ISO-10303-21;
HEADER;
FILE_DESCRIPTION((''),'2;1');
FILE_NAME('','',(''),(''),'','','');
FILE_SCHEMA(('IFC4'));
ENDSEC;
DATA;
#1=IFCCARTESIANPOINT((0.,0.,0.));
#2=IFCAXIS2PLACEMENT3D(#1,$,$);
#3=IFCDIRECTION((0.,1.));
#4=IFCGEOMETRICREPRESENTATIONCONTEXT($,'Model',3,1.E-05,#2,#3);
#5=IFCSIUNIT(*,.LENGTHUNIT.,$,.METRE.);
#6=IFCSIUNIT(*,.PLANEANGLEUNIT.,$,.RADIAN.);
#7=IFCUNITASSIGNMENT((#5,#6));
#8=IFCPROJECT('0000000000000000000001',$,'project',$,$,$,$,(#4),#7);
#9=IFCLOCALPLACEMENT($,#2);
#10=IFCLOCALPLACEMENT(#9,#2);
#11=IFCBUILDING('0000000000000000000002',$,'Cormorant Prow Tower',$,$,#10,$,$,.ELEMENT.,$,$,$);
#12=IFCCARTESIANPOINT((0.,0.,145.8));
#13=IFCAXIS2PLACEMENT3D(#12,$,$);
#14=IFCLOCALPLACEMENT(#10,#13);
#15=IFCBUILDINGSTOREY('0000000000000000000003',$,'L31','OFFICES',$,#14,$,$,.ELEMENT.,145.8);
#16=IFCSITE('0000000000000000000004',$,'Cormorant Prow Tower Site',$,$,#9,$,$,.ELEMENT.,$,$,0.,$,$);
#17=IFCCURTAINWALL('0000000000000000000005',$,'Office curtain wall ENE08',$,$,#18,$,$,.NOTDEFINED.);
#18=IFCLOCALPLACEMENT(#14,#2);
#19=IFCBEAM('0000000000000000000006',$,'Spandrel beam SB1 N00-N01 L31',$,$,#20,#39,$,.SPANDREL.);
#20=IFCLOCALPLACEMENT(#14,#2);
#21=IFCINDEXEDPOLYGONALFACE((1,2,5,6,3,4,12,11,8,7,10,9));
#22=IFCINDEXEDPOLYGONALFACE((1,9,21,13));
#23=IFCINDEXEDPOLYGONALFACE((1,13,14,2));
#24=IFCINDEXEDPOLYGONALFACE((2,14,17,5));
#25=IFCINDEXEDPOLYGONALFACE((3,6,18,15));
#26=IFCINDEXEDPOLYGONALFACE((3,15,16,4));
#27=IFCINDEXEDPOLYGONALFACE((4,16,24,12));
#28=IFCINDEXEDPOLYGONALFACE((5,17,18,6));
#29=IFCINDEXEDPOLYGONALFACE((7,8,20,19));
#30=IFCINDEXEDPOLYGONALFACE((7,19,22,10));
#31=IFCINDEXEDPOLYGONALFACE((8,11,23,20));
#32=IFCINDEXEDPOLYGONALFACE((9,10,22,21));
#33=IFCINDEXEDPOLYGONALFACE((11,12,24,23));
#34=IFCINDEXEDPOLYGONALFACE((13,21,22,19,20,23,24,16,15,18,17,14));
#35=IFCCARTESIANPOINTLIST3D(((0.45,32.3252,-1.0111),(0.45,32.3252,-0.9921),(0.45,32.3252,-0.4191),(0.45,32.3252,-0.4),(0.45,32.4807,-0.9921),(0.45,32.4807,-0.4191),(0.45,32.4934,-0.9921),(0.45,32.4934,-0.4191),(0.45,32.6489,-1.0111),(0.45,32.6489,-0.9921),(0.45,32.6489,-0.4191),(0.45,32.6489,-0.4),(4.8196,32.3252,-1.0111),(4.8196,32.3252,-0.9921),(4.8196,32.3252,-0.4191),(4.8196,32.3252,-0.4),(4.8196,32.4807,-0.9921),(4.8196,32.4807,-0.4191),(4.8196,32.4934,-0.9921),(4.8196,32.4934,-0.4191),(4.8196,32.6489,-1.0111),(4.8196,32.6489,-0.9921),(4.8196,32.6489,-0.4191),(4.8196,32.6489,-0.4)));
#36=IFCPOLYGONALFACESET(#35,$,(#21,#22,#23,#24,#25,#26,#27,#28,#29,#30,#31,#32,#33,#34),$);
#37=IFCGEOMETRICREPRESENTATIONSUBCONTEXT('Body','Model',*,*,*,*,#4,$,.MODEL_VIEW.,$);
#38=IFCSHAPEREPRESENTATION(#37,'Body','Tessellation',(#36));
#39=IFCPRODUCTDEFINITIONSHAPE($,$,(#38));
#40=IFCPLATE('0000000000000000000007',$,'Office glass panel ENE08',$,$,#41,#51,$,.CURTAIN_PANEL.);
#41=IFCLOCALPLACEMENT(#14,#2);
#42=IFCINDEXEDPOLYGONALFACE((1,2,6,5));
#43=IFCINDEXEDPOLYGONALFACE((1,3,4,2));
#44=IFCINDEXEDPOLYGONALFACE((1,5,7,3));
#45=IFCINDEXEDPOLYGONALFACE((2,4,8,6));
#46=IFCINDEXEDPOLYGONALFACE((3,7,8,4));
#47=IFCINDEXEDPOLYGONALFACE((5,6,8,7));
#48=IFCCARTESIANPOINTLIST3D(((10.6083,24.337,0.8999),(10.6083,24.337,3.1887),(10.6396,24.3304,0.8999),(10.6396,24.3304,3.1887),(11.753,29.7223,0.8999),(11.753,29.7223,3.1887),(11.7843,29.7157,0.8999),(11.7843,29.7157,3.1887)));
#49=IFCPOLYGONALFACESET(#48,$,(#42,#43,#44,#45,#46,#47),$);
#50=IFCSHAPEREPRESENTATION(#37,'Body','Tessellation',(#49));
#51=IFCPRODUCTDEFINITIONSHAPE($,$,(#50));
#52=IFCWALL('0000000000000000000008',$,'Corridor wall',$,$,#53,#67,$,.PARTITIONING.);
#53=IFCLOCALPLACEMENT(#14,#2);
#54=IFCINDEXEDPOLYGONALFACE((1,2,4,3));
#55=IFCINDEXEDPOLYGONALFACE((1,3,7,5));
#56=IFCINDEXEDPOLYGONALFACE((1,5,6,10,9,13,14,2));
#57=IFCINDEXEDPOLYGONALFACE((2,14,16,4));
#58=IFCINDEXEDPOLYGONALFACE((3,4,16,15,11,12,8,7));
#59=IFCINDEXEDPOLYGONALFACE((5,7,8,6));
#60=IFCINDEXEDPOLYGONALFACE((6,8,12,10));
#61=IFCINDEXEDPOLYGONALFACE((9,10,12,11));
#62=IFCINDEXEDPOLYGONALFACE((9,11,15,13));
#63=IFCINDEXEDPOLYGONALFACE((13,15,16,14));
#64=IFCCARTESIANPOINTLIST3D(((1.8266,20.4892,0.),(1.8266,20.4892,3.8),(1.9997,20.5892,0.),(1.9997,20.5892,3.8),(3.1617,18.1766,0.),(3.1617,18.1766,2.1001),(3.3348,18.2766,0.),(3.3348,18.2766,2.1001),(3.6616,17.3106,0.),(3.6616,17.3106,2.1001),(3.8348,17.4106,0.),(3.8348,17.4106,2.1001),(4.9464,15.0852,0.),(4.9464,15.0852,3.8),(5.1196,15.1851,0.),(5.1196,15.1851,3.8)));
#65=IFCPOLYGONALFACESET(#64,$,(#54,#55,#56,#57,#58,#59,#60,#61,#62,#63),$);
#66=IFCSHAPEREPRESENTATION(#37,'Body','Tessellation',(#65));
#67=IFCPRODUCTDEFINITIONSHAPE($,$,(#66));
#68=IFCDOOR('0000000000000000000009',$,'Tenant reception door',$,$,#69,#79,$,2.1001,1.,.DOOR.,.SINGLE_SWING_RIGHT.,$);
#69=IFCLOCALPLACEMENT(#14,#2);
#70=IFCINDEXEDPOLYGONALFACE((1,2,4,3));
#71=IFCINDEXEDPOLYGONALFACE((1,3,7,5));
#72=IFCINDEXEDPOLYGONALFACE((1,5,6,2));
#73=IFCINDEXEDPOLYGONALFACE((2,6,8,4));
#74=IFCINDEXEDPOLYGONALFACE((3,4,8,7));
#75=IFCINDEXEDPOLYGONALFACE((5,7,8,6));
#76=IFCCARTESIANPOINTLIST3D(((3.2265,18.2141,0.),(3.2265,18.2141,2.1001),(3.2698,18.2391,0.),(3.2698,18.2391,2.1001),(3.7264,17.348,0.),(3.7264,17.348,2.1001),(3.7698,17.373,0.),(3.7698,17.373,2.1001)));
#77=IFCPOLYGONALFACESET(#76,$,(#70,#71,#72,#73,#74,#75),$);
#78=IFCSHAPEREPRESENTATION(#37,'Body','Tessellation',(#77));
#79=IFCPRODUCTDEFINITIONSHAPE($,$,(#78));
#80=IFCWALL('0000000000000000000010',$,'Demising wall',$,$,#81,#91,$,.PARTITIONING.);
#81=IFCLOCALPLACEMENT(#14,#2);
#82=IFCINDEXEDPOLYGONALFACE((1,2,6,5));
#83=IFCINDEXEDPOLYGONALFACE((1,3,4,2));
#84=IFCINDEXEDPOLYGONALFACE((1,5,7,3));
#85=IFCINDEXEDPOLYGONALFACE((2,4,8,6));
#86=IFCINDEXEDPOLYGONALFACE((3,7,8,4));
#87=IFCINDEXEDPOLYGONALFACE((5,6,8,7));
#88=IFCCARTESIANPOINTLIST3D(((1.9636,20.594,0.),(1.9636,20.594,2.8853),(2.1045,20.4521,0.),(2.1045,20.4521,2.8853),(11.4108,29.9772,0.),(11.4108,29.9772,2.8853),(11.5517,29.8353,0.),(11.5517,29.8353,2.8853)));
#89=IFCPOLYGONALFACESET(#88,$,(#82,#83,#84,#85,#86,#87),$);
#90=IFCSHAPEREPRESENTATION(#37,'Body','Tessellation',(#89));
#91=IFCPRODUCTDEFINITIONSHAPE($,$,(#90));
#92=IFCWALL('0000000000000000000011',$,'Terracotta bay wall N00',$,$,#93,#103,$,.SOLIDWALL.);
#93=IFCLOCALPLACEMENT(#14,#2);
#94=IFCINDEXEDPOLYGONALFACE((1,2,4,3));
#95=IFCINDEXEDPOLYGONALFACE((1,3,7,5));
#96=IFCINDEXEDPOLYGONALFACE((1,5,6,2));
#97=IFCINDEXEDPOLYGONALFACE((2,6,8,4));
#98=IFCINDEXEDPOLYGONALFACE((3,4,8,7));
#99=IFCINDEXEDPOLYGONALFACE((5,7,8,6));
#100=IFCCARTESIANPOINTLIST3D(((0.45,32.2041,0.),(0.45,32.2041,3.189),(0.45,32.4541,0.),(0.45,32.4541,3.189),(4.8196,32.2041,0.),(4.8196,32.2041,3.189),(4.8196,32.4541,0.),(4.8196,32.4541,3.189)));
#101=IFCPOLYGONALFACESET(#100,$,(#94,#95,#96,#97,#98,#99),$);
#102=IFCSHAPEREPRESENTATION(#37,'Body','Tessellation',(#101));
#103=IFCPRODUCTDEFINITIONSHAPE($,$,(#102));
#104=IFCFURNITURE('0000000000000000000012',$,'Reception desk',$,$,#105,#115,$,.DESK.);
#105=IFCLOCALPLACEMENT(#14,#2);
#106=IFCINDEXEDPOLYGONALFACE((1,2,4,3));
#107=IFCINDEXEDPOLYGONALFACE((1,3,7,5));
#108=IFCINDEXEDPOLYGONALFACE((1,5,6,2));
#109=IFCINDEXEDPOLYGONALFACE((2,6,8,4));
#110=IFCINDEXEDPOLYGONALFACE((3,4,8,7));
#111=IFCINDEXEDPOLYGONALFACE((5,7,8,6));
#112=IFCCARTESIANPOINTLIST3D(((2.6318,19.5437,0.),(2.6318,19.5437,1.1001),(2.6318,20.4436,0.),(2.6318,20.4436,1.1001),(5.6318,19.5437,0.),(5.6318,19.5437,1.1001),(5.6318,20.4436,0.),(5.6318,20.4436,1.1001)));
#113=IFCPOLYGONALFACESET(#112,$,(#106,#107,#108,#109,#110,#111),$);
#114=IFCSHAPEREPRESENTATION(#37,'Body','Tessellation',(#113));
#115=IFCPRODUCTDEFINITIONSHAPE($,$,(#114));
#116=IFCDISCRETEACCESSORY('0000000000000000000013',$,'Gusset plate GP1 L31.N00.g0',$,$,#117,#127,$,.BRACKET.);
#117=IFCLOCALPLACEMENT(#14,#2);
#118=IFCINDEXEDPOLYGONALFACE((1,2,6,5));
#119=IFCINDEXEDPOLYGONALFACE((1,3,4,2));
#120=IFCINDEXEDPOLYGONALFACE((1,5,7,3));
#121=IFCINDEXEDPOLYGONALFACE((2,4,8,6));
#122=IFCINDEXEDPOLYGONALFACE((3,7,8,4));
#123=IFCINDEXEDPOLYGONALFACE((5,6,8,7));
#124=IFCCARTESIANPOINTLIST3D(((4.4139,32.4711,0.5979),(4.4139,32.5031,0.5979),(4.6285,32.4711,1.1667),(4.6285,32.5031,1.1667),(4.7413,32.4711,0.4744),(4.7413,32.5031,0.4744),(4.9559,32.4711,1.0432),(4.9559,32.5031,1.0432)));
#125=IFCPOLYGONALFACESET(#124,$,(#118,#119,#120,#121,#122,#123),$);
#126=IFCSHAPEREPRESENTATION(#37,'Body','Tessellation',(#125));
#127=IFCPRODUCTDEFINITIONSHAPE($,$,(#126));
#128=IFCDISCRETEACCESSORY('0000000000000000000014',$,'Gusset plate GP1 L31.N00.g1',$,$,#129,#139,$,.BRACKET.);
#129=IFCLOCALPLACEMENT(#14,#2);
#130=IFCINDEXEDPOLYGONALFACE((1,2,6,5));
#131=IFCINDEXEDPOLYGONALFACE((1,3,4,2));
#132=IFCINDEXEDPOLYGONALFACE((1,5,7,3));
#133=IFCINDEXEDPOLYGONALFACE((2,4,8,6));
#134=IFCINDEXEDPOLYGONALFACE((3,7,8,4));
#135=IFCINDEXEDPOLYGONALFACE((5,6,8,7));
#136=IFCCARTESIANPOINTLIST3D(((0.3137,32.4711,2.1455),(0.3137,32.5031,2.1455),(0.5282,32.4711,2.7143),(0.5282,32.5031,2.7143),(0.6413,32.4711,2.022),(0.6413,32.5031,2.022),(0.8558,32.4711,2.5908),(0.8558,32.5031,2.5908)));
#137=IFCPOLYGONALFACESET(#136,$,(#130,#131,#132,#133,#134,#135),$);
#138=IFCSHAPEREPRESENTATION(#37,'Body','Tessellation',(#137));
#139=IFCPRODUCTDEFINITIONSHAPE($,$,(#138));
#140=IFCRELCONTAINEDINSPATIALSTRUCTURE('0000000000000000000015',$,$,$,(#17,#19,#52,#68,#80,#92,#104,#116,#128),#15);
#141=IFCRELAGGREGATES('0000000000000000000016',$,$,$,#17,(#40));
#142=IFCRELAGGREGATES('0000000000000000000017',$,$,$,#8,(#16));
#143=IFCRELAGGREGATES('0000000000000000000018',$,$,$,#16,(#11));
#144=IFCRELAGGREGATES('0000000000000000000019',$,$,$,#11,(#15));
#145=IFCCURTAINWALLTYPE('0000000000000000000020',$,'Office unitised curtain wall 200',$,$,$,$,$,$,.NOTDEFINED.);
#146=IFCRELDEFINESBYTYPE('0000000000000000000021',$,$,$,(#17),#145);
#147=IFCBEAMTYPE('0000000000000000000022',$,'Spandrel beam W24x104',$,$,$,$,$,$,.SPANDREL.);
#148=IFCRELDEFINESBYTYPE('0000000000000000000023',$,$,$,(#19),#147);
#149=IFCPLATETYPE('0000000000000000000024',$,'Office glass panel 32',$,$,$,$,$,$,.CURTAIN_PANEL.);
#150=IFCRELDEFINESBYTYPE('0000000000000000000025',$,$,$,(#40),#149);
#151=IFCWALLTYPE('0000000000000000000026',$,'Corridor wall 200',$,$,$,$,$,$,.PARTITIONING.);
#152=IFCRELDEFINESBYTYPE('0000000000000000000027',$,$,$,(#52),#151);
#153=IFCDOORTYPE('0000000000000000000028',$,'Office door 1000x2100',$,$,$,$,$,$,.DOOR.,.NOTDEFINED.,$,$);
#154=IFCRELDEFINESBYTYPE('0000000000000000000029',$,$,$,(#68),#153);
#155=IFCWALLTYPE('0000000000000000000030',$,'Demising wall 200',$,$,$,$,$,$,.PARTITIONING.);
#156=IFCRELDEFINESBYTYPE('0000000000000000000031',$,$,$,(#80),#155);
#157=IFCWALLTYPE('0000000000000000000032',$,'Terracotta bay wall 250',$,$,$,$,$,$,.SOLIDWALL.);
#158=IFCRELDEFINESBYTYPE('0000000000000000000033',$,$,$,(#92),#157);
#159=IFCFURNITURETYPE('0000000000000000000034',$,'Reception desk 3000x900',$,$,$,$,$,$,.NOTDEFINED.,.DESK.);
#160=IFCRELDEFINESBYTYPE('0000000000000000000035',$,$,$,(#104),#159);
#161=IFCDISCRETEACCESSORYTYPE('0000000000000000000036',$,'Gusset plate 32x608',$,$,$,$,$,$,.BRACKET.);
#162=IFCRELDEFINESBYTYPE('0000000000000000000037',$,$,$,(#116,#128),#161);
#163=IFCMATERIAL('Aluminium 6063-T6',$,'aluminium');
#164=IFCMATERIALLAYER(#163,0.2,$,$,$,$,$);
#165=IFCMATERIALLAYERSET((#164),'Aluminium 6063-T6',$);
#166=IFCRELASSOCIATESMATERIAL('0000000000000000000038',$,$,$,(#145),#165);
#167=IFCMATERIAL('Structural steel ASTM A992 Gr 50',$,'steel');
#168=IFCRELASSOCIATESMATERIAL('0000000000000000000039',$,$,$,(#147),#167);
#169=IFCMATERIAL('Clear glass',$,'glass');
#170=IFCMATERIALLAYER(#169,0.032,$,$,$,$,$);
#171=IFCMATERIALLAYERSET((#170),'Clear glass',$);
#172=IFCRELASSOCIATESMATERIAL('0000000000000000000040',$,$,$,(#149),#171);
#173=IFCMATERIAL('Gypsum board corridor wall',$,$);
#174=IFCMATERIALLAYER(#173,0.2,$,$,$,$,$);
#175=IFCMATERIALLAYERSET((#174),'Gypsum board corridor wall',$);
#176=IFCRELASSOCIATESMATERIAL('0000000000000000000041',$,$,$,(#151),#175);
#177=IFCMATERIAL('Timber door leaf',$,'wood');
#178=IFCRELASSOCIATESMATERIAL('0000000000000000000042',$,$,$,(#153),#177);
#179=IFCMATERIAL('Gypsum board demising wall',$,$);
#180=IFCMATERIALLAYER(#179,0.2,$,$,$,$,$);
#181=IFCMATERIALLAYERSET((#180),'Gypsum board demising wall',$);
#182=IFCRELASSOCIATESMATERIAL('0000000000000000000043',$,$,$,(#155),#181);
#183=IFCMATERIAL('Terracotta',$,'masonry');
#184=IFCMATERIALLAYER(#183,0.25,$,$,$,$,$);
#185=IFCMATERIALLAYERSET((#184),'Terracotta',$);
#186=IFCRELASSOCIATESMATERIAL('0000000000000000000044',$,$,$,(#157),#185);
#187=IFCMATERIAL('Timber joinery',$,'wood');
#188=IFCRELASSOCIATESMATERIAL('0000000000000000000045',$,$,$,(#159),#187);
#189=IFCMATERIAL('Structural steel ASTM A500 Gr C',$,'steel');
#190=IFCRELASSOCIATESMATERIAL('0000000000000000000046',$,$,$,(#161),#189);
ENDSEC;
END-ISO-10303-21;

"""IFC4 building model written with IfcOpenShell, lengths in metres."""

from ifc_helpers import new_model, si_unit, direction, frame, frame_2d, origin, origin_2d, place, context, subcontext, project, spatial, rectangle, i_section, extrude, material, layer, layer_set, material_profile, profile_set, type_object, element, fill, aggregate, save


model = new_model("IFC4")

# Units and contexts
model_context = context("Model", 3, precision=1e-05, world=origin(), true_north=direction((0.0, 1.0)))
body_context = subcontext(model_context, "Body", "Model", "MODEL_VIEW")
ifc_project = project(units=[si_unit("LENGTHUNIT", "METRE"), si_unit("PLANEANGLEUNIT", "RADIAN")], contexts=[model_context])

# Site, building, storey
site_placement = place(None, origin())
site = spatial("IfcSite", under=ifc_project, at=site_placement, Name="Cormorant Prow Tower Site", CompositionType="ELEMENT", RefElevation=0.0)
building_placement = place(site_placement, origin())
building = spatial("IfcBuilding", under=site, at=building_placement, Name="Cormorant Prow Tower", CompositionType="ELEMENT")
storey_placement = place(building_placement, frame((0.0, 0.0, 145.8)))
storey = spatial("IfcBuildingStorey", under=building, at=storey_placement, Name="L31", Description="OFFICES", CompositionType="ELEMENT", Elevation=145.8)

# Curtain wall
ifc_material_1 = material(Name="Aluminium 6063-T6", Category="aluminium")
ifc_layer_1 = layer(ifc_material_1, 0.2)
ifc_layer_set_1 = layer_set([ifc_layer_1], Name="Aluminium 6063-T6")
curtain_wall_type = type_object("IfcCurtainWallType", Name="Office unitised curtain wall 200", PredefinedType="NOTDEFINED", material=ifc_layer_set_1)
curtain_wall_placement = place(storey_placement, origin())
curtain_wall = element("IfcCurtainWall", 1, at=curtain_wall_placement, inside=storey, type_object=curtain_wall_type, Name="Office curtain wall ENE08", PredefinedType="NOTDEFINED")

# Beam
ifc_material_2 = material(Name="Structural steel ASTM A992 Gr 50", Category="steel")
ifc_material_profile_1 = material_profile(ifc_material_2, i_section(OverallWidth=0.3237, OverallDepth=0.6111, WebThickness=0.0127, FlangeThickness=0.019, at=origin_2d()), Name="W24x104")
ifc_profile_set_1 = profile_set([ifc_material_profile_1], Name="Structural steel ASTM A992 Gr 50")
beam_type = type_object("IfcBeamType", Name="Spandrel beam W24x104", PredefinedType="SPANDREL", material=ifc_profile_set_1)
beam_1_placement = place(storey_placement, frame((4.8196, 32.4871, -0.7056), z_axis=(-1.0, 0.0, 0.0), x_axis=(0.0, -1.0, 0.0)))
element("IfcBeam", 2, at=beam_1_placement, inside=storey, type_object=beam_type, Name="Spandrel beam SB1 N00-N01 L31", PredefinedType="SPANDREL", context=body_context, shape_type="SweptSolid", body=[
    extrude(i_section(OverallWidth=0.3237, OverallDepth=0.6111, WebThickness=0.0127, FlangeThickness=0.019, at=origin_2d()), origin(), (0.0, 0.0, 1.0), 4.3696),
])

# Plate
ifc_material_3 = material(Name="Clear glass", Category="glass")
ifc_layer_2 = layer(ifc_material_3, 0.032)
ifc_layer_set_2 = layer_set([ifc_layer_2], Name="Clear glass")
plate_type = type_object("IfcPlateType", Name="Office glass panel 32", PredefinedType="CURTAIN_PANEL", material=ifc_layer_set_2)
plate_placement = place(storey_placement, frame((11.1963, 27.0264, 0.8999), z_axis=(0.0, 0.0, 1.0), x_axis=(0.207912, 0.978148, 0.0)))
plate = element("IfcPlate", 3, at=plate_placement, type_object=plate_type, Name="Office glass panel ENE08", PredefinedType="CURTAIN_PANEL", context=body_context, shape_type="SweptSolid", body=[
    extrude(rectangle(XDim=5.5056, YDim=0.032, at=origin_2d()), origin(), (0.0, 0.0, 1.0), 2.2888),
])
aggregate(curtain_wall, [plate])

# Wall, opening, door
ifc_material_4 = material(Name="Gypsum board corridor wall")
ifc_layer_3 = layer(ifc_material_4, 0.2)
ifc_layer_set_3 = layer_set([ifc_layer_3], Name="Gypsum board corridor wall")
wall_type_1 = type_object("IfcWallType", Name="Corridor wall 200", PredefinedType="PARTITIONING", material=ifc_layer_set_3)
wall_1_placement = place(storey_placement, frame((1.9131, 20.5393, 0.0), z_axis=(0.0, 0.0, 1.0), x_axis=(0.499981, -0.866036, 0.0)))
wall_1 = element("IfcWall", 4, at=wall_1_placement, inside=storey, type_object=wall_type_1, Name="Corridor wall", PredefinedType="PARTITIONING", context=body_context, shape_type="SweptSolid", body=[
    extrude(rectangle(XDim=6.24, YDim=0.2, at=frame_2d((3.1201, 0.0))), origin(), (0.0, 0.0, 1.0), 3.8),
])
opening_1_placement = place(wall_1_placement, frame((2.6704, 0.0, 0.0)))
opening_1 = element("IfcOpeningElement", 5, at=opening_1_placement, cuts=wall_1, PredefinedType="OPENING", context=body_context, shape_type="SweptSolid", body=[
    extrude(rectangle(XDim=1.0, YDim=2.1001, at=frame_2d((0.5, 1.05))), frame((0.0, 0.1099, 0.0), z_axis=(0.0, -1.0, 0.0), x_axis=(1.0, 0.0, 0.0)), (0.0, 0.0, 1.0), 0.22),
])
ifc_material_5 = material(Name="Timber door leaf", Category="wood")
door_type_1 = type_object("IfcDoorType", Name="Office door 1000x2100", OperationType="NOTDEFINED", PredefinedType="DOOR", material=ifc_material_5)
door_1_placement = place(opening_1_placement, origin())
door_1 = element("IfcDoor", 6, at=door_1_placement, inside=storey, type_object=door_type_1, Name="Tenant reception door", OperationType="SINGLE_SWING_RIGHT", OverallHeight=2.1001, OverallWidth=1.0, PredefinedType="DOOR", context=body_context, shape_type="SweptSolid", body=[
    extrude(rectangle(XDim=1.0, YDim=2.1001, at=frame_2d((0.5, 1.05))), frame((0.0, 0.0249, 0.0), z_axis=(0.0, -1.0, 0.0), x_axis=(1.0, 0.0, 0.0)), (0.0, 0.0, 1.0), 0.05),
])
fill(opening_1, door_1)

# Walls
ifc_material_6 = material(Name="Gypsum board demising wall")
ifc_layer_4 = layer(ifc_material_6, 0.2)
ifc_layer_set_4 = layer_set([ifc_layer_4], Name="Gypsum board demising wall")
wall_type_2 = type_object("IfcWallType", Name="Demising wall 200", PredefinedType="PARTITIONING", material=ifc_layer_set_4)
wall_2_placement = place(storey_placement, frame((2.0339, 20.5229, 0.0), z_axis=(0.0, 0.0, 1.0), x_axis=(0.709505, 0.704701, 0.0)))
element("IfcWall", 7, at=wall_2_placement, inside=storey, type_object=wall_type_2, Name="Demising wall", PredefinedType="PARTITIONING", context=body_context, shape_type="SweptSolid", body=[
    extrude(rectangle(XDim=13.3152, YDim=0.2, at=frame_2d((6.6577, 0.0))), origin(), (0.0, 0.0, 1.0), 2.8853),
])
ifc_material_7 = material(Name="Terracotta", Category="masonry")
ifc_layer_5 = layer(ifc_material_7, 0.25)
ifc_layer_set_5 = layer_set([ifc_layer_5], Name="Terracotta")
wall_type_3 = type_object("IfcWallType", Name="Terracotta bay wall 250", PredefinedType="SOLIDWALL", material=ifc_layer_set_5)
wall_3_placement = place(storey_placement, frame((4.8196, 32.3291, 0.0), z_axis=(0.0, 0.0, 1.0), x_axis=(-1.0, 0.0, 0.0)))
element("IfcWall", 8, at=wall_3_placement, inside=storey, type_object=wall_type_3, Name="Terracotta bay wall N00", PredefinedType="SOLIDWALL", context=body_context, shape_type="SweptSolid", body=[
    extrude(rectangle(XDim=4.3696, YDim=0.25, at=frame_2d((2.1848, 0.0))), origin(), (0.0, 0.0, 1.0), 3.189),
])

# Furniture
ifc_material_8 = material(Name="Timber joinery", Category="wood")
furniture_type = type_object("IfcFurnitureType", Name="Reception desk 3000x900", AssemblyPlace="NOTDEFINED", PredefinedType="DESK", material=ifc_material_8)
furniture_placement = place(storey_placement, frame((4.1318, 19.9937, 0.0), z_axis=(0.0, 0.0, 1.0), x_axis=(1.0, 0.0, 0.0)))
element("IfcFurniture", 9, at=furniture_placement, inside=storey, type_object=furniture_type, Name="Reception desk", PredefinedType="DESK", context=body_context, shape_type="SweptSolid", body=[
    extrude(rectangle(XDim=3.0, YDim=0.8999, at=origin_2d()), origin(), (0.0, 0.0, 1.0), 1.1001),
])

# Discrete accessories
ifc_material_9 = material(Name="Structural steel ASTM A500 Gr C", Category="steel")
ifc_material_profile_2 = material_profile(ifc_material_9, rectangle(XDim=0.032, YDim=0.6079, at=origin_2d()), Name="Gusset plate 32x608")
ifc_profile_set_2 = profile_set([ifc_material_profile_2], Name="Structural steel ASTM A500 Gr C")
discrete_accessory_type = type_object("IfcDiscreteAccessoryType", Name="Gusset plate 32x608", PredefinedType="BRACKET", material=ifc_profile_set_2)
discrete_accessory_1_placement = place(storey_placement, frame((4.5212, 32.4871, 0.8823), z_axis=(0.93561, 0.0, -0.353034), x_axis=(0.0, 1.0, 0.0)))
element("IfcDiscreteAccessory", 10, at=discrete_accessory_1_placement, inside=storey, type_object=discrete_accessory_type, Name="Gusset plate GP1 L31.N00.g0", PredefinedType="BRACKET", context=body_context, shape_type="SweptSolid", body=[
    extrude(rectangle(XDim=0.032, YDim=0.6079, at=origin_2d()), origin(), (0.0, 0.0, 1.0), 0.3499),
])
discrete_accessory_2_placement = place(storey_placement, frame((0.7485, 32.4871, 2.3064), z_axis=(-0.935697, 0.0, 0.352804), x_axis=(0.0, -1.0, 0.0)))
element("IfcDiscreteAccessory", 11, at=discrete_accessory_2_placement, inside=storey, type_object=discrete_accessory_type, Name="Gusset plate GP1 L31.N00.g1", PredefinedType="BRACKET", context=body_context, shape_type="SweptSolid", body=[
    extrude(rectangle(XDim=0.032, YDim=0.6079, at=origin_2d()), origin(), (0.0, 0.0, 1.0), 0.3501),
])

save(model, "model.ifc")
